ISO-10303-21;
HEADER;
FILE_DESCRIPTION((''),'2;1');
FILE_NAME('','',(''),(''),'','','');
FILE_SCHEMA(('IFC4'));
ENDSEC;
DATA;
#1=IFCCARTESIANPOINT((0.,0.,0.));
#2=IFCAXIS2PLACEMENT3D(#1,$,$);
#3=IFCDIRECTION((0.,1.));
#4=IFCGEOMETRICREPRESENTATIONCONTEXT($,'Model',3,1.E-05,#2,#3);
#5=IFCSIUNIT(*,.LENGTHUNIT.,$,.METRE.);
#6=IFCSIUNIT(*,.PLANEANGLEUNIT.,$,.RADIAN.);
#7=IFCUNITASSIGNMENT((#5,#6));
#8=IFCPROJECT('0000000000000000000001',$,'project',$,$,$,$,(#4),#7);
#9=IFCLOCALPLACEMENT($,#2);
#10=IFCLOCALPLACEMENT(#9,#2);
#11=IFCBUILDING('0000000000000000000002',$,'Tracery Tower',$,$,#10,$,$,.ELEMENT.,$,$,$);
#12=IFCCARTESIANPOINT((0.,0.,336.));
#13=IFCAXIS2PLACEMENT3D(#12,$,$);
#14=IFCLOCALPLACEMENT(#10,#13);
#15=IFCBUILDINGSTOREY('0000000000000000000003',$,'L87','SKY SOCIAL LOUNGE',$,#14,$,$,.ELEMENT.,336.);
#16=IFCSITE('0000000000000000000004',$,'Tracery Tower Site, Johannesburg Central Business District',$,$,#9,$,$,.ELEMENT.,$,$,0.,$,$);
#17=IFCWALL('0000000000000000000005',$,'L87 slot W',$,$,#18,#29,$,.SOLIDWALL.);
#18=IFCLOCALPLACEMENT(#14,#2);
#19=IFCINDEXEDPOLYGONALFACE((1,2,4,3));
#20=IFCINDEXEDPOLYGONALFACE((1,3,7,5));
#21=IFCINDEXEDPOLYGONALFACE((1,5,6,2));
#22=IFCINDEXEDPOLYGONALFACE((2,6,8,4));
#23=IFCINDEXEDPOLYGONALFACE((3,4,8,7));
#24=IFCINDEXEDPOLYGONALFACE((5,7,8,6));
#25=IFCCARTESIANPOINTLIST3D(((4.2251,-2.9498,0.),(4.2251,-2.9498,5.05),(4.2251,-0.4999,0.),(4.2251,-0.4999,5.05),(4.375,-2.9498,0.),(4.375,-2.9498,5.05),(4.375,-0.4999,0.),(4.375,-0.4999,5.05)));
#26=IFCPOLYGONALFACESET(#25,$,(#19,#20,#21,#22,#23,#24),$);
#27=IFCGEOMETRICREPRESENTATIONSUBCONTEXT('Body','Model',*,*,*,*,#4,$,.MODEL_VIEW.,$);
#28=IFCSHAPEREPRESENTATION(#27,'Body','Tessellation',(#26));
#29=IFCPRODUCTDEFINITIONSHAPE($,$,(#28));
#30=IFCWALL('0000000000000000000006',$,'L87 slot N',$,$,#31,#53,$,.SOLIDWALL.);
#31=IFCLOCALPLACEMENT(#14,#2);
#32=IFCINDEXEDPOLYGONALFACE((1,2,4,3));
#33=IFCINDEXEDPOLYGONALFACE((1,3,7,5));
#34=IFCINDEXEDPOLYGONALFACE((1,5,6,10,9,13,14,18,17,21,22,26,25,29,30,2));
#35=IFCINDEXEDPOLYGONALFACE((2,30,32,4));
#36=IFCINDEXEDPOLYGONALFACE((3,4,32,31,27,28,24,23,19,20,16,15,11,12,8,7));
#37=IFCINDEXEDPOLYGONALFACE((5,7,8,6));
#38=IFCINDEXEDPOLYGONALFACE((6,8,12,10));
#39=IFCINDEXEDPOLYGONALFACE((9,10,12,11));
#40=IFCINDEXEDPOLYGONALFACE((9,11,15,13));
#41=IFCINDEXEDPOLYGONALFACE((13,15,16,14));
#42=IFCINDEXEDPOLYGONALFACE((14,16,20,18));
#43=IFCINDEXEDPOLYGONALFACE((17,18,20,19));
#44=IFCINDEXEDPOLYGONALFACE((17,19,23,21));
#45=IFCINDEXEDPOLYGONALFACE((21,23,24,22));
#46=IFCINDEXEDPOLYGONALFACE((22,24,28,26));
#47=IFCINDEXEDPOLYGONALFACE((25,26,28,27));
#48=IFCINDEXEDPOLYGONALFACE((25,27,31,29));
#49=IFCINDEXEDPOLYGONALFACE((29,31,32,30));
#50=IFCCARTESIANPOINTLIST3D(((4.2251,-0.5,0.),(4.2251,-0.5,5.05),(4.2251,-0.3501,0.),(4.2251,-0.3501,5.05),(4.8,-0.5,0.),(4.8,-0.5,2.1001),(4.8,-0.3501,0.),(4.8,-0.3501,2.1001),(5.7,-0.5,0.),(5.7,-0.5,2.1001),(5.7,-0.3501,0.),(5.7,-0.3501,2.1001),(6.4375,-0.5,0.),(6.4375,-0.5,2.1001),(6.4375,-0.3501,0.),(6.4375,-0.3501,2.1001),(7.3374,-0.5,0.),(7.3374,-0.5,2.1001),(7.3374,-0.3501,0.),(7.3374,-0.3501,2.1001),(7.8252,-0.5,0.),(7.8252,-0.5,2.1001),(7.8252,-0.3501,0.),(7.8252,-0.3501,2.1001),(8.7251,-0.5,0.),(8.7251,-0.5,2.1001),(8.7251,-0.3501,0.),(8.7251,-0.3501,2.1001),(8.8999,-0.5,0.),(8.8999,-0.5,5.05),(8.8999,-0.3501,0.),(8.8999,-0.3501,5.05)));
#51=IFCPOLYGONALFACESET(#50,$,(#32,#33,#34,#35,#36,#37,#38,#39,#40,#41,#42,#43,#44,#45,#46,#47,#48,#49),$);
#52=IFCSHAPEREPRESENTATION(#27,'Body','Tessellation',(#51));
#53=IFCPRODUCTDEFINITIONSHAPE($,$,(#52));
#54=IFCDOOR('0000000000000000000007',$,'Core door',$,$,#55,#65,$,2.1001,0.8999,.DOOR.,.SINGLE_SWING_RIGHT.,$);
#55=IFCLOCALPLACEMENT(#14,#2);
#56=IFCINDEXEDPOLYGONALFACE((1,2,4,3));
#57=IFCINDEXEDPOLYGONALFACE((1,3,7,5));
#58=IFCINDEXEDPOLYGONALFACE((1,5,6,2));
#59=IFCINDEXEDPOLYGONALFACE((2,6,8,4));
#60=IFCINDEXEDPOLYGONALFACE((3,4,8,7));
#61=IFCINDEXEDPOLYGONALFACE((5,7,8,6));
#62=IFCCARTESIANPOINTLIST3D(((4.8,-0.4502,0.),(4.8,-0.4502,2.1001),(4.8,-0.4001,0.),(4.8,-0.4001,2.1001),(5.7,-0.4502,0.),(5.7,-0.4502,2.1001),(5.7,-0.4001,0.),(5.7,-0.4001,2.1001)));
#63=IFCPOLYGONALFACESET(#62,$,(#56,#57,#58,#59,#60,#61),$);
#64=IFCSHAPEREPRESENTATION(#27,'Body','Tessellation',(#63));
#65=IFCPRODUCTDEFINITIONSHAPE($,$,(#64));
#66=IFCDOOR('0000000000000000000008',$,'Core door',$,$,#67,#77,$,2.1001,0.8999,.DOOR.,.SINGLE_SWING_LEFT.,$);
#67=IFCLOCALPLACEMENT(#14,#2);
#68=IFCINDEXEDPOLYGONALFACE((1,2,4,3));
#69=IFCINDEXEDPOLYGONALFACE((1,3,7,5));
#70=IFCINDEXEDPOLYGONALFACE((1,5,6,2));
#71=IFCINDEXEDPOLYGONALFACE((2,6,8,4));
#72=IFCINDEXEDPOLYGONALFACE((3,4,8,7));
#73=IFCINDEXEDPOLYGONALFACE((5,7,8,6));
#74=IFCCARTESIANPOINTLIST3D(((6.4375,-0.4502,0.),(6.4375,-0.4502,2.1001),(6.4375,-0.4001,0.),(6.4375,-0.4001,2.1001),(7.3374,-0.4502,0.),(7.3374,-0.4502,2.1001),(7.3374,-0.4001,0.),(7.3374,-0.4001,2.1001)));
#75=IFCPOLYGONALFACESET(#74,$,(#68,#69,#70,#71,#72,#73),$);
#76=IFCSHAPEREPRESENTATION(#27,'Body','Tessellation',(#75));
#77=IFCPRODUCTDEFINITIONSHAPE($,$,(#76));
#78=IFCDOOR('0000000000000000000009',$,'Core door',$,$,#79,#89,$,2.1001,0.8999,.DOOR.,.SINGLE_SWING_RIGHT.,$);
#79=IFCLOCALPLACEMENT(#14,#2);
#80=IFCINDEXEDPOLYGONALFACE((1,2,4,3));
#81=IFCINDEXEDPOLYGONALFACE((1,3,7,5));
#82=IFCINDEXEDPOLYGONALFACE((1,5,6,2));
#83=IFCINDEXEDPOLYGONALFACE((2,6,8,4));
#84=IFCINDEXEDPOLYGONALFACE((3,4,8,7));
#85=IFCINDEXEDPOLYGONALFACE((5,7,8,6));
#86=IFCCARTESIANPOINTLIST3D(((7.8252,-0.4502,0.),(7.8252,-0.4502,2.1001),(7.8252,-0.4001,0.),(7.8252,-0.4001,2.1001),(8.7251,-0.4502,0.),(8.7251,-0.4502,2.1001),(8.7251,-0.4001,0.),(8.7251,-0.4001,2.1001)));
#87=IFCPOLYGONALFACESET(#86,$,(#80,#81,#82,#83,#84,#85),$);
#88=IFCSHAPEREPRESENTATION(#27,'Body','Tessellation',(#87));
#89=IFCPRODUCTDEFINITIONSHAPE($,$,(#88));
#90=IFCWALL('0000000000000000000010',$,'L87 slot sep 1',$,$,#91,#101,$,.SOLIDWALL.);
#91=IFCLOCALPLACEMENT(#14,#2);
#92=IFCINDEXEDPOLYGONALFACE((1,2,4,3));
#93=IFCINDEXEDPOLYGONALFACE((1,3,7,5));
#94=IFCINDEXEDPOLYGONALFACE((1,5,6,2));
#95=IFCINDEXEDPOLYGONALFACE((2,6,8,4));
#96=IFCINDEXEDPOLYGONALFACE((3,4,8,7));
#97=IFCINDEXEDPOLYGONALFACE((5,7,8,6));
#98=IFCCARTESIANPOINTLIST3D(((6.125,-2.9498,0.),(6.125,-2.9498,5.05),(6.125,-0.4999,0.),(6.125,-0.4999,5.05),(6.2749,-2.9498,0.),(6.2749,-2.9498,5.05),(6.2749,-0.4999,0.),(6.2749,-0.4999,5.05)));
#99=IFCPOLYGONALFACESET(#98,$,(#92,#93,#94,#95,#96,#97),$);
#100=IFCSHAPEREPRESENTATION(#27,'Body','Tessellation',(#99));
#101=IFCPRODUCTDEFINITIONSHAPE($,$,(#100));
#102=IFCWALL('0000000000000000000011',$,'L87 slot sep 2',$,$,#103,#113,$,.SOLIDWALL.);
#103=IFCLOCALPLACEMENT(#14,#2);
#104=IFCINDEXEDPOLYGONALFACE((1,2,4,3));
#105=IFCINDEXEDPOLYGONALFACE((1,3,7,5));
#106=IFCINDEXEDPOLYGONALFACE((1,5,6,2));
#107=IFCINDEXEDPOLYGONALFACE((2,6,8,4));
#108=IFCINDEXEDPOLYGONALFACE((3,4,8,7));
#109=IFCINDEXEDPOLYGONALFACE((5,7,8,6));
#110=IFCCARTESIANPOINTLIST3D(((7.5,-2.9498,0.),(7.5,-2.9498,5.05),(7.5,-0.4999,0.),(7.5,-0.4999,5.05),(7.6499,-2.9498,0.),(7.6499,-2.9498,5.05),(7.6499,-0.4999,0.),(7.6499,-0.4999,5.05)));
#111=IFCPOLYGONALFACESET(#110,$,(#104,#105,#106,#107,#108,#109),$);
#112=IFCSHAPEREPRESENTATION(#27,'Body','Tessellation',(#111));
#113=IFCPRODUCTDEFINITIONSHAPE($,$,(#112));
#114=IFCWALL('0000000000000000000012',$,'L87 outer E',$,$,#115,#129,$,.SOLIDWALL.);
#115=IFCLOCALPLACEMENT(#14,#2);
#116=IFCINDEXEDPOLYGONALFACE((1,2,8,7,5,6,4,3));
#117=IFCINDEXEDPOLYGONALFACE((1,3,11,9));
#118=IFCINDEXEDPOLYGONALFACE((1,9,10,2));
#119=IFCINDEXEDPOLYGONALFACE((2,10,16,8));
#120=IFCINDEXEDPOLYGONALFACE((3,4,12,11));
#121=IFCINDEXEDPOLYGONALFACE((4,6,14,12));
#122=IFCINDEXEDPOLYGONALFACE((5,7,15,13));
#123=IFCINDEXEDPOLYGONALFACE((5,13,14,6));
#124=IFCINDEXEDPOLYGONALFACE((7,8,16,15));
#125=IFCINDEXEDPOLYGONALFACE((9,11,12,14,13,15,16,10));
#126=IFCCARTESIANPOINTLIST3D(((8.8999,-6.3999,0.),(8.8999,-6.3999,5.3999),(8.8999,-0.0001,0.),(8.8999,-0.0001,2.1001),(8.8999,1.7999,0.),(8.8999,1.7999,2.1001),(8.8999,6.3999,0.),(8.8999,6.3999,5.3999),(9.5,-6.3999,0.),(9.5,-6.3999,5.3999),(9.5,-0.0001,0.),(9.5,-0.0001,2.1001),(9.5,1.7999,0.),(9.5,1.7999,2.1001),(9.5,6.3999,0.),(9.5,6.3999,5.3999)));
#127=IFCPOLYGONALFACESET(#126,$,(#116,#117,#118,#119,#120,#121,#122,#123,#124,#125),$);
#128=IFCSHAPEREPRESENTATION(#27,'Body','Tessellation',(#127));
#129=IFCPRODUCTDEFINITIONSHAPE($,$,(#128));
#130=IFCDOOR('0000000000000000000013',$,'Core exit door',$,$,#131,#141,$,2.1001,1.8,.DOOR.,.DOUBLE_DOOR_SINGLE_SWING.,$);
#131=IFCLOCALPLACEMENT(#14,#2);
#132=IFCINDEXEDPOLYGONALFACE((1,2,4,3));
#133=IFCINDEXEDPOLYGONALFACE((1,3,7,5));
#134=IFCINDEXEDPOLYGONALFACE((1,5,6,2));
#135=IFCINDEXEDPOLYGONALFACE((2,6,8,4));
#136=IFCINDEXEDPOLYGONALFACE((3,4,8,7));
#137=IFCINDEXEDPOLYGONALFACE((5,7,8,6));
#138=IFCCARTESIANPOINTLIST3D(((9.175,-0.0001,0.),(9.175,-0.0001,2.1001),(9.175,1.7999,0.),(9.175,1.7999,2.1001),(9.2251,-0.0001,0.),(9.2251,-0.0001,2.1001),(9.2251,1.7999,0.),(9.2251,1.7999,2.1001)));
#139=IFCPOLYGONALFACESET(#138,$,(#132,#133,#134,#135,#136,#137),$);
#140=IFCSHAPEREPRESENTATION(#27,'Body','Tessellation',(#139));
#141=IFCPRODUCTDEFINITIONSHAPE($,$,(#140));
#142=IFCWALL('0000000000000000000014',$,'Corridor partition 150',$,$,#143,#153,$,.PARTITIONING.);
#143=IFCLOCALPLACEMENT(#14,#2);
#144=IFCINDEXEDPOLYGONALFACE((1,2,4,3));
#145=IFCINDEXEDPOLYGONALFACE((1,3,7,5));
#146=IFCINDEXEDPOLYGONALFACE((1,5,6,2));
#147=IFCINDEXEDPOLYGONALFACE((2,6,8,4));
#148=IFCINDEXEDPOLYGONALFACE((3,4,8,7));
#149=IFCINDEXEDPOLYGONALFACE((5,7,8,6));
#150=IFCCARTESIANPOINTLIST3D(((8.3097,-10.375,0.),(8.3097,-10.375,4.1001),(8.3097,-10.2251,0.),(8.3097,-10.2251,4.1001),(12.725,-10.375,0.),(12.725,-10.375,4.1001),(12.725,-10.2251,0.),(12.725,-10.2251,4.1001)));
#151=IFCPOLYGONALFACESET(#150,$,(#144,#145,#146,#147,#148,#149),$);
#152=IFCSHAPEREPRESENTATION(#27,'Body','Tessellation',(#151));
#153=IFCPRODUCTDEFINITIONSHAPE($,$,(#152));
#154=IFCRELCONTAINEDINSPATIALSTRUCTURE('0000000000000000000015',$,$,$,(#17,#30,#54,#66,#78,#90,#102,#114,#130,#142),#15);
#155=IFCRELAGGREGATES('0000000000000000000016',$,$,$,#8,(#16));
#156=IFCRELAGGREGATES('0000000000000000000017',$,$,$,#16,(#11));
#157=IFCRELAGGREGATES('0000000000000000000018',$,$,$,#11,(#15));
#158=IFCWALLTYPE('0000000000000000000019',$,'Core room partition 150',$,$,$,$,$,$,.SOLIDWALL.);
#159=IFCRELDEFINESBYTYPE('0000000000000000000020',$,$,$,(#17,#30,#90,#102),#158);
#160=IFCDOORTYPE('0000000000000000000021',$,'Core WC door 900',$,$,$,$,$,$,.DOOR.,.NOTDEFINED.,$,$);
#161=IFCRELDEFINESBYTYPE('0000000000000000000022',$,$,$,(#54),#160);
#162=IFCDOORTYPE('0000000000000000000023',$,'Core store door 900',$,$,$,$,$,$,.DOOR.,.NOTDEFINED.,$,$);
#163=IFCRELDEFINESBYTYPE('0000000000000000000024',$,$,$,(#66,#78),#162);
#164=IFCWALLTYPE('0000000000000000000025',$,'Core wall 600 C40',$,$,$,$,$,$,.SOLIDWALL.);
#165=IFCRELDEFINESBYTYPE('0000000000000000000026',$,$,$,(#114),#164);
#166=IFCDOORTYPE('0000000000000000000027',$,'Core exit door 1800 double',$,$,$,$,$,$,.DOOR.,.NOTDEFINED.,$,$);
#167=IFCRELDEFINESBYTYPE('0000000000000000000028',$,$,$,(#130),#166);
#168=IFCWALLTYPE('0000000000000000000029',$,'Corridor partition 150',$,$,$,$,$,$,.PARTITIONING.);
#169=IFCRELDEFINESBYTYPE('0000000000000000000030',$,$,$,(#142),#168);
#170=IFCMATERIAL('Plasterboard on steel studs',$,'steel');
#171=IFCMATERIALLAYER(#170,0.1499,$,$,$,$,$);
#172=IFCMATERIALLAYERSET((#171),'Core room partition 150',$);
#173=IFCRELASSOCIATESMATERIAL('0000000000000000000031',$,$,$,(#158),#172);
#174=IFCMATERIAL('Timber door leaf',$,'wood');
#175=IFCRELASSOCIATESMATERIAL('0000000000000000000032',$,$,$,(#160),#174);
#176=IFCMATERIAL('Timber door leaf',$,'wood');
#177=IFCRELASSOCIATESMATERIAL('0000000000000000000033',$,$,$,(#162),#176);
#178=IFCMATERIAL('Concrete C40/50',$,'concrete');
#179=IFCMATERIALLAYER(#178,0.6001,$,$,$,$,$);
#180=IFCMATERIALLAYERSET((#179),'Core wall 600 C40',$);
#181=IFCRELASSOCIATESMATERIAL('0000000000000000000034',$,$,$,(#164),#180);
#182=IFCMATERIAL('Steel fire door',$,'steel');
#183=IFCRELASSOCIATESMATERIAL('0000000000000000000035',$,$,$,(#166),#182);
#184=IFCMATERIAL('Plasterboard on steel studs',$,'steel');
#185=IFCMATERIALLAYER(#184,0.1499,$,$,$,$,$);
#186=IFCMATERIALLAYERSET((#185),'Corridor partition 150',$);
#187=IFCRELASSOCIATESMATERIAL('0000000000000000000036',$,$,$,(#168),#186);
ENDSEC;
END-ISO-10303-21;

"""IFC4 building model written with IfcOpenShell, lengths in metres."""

from ifc_helpers import new_model, si_unit, direction, frame, frame_2d, origin, place, context, subcontext, project, spatial, rectangle, extrude, material, layer, layer_set, type_object, element, fill, save


model = new_model("IFC4")

# Units and contexts
model_context = context("Model", 3, precision=1e-05, world=origin(), true_north=direction((0.0, 1.0)))
body_context = subcontext(model_context, "Body", "Model", "MODEL_VIEW")
ifc_project = project(units=[si_unit("LENGTHUNIT", "METRE"), si_unit("PLANEANGLEUNIT", "RADIAN")], contexts=[model_context])

# Site, building, storey
site_placement = place(None, origin())
site = spatial("IfcSite", under=ifc_project, at=site_placement, Name="Tracery Tower Site, Johannesburg Central Business District", CompositionType="ELEMENT", RefElevation=0.0)
building_placement = place(site_placement, origin())
building = spatial("IfcBuilding", under=site, at=building_placement, Name="Tracery Tower", CompositionType="ELEMENT")
storey_placement = place(building_placement, frame((0.0, 0.0, 336.0)))
storey = spatial("IfcBuildingStorey", under=building, at=storey_placement, Name="L87", Description="SKY SOCIAL LOUNGE", CompositionType="ELEMENT", Elevation=336.0)

# Wall
ifc_material_1 = material(Name="Plasterboard on steel studs", Category="steel")
ifc_layer_1 = layer(ifc_material_1, 0.1499)
ifc_layer_set_1 = layer_set([ifc_layer_1], Name="Core room partition 150")
wall_type_1 = type_object("IfcWallType", Name="Core room partition 150", PredefinedType="SOLIDWALL", material=ifc_layer_set_1)
wall_1_placement = place(storey_placement, frame((4.3, -2.95, 0.0), z_axis=(0.0, 0.0, 1.0), x_axis=(0.0, 1.0, 0.0)))
element("IfcWall", 1, at=wall_1_placement, inside=storey, type_object=wall_type_1, Name="L87 slot W", PredefinedType="SOLIDWALL", context=body_context, shape_type="SweptSolid", body=[
    extrude(rectangle(XDim=2.45, YDim=0.1499, at=frame_2d((1.2251, 0.0))), origin(), (0.0, 0.0, 1.0), 5.05),
])

# Wall, openings, doors
wall_2_placement = place(storey_placement, frame((4.2251, -0.425, 0.0), z_axis=(0.0, 0.0, 1.0), x_axis=(1.0, 0.0, 0.0)))
wall_2 = element("IfcWall", 2, at=wall_2_placement, inside=storey, type_object=wall_type_1, Name="L87 slot N", PredefinedType="SOLIDWALL", context=body_context, shape_type="SweptSolid", body=[
    extrude(rectangle(XDim=4.6748, YDim=0.1499, at=frame_2d((2.3374, 0.0))), origin(), (0.0, 0.0, 1.0), 5.05),
])
opening_1_placement = place(wall_2_placement, frame((0.575, 0.0, 0.0)))
opening_1 = element("IfcOpeningElement", 3, at=opening_1_placement, cuts=wall_2, PredefinedType="OPENING", context=body_context, shape_type="SweptSolid", body=[
    extrude(rectangle(XDim=0.8999, YDim=2.1001, at=frame_2d((0.45, 1.05))), frame((0.0, 0.075, 0.0), z_axis=(0.0, -1.0, 0.0), x_axis=(1.0, 0.0, 0.0)), (0.0, 0.0, 1.0), 0.1499),
])
opening_2_placement = place(wall_2_placement, frame((2.2124, 0.0, 0.0)))
opening_2 = element("IfcOpeningElement", 4, at=opening_2_placement, cuts=wall_2, PredefinedType="OPENING", context=body_context, shape_type="SweptSolid", body=[
    extrude(rectangle(XDim=0.8999, YDim=2.1001, at=frame_2d((0.45, 1.05))), frame((0.0, 0.075, 0.0), z_axis=(0.0, -1.0, 0.0), x_axis=(1.0, 0.0, 0.0)), (0.0, 0.0, 1.0), 0.1499),
])
opening_3_placement = place(wall_2_placement, frame((3.6001, 0.0, 0.0)))
opening_3 = element("IfcOpeningElement", 5, at=opening_3_placement, cuts=wall_2, PredefinedType="OPENING", context=body_context, shape_type="SweptSolid", body=[
    extrude(rectangle(XDim=0.8999, YDim=2.1001, at=frame_2d((0.45, 1.05))), frame((0.0, 0.075, 0.0), z_axis=(0.0, -1.0, 0.0), x_axis=(1.0, 0.0, 0.0)), (0.0, 0.0, 1.0), 0.1499),
])
ifc_material_2 = material(Name="Timber door leaf", Category="wood")
door_type_1 = type_object("IfcDoorType", Name="Core WC door 900", OperationType="NOTDEFINED", PredefinedType="DOOR", material=ifc_material_2)
door_1_placement = place(opening_1_placement, origin())
door_1 = element("IfcDoor", 6, at=door_1_placement, inside=storey, type_object=door_type_1, Name="Core door", OperationType="SINGLE_SWING_RIGHT", OverallHeight=2.1001, OverallWidth=0.8999, PredefinedType="DOOR", context=body_context, shape_type="SweptSolid", body=[
    extrude(rectangle(XDim=0.8999, YDim=2.1001, at=frame_2d((0.45, 1.05))), frame((0.0, 0.0249, 0.0), z_axis=(0.0, -1.0, 0.0), x_axis=(1.0, 0.0, 0.0)), (0.0, 0.0, 1.0), 0.05),
])
fill(opening_1, door_1)
ifc_material_3 = material(Name="Timber door leaf", Category="wood")
door_type_2 = type_object("IfcDoorType", Name="Core store door 900", OperationType="NOTDEFINED", PredefinedType="DOOR", material=ifc_material_3)
door_2_placement = place(opening_2_placement, origin())
door_2 = element("IfcDoor", 7, at=door_2_placement, inside=storey, type_object=door_type_2, Name="Core door", OperationType="SINGLE_SWING_LEFT", OverallHeight=2.1001, OverallWidth=0.8999, PredefinedType="DOOR", context=body_context, shape_type="SweptSolid", body=[
    extrude(rectangle(XDim=0.8999, YDim=2.1001, at=frame_2d((0.45, 1.05))), frame((0.0, 0.0249, 0.0), z_axis=(0.0, -1.0, 0.0), x_axis=(1.0, 0.0, 0.0)), (0.0, 0.0, 1.0), 0.05),
])
fill(opening_2, door_2)
door_3_placement = place(opening_3_placement, origin())
door_3 = element("IfcDoor", 8, at=door_3_placement, inside=storey, type_object=door_type_2, Name="Core door", OperationType="SINGLE_SWING_RIGHT", OverallHeight=2.1001, OverallWidth=0.8999, PredefinedType="DOOR", context=body_context, shape_type="SweptSolid", body=[
    extrude(rectangle(XDim=0.8999, YDim=2.1001, at=frame_2d((0.45, 1.05))), frame((0.0, 0.0249, 0.0), z_axis=(0.0, -1.0, 0.0), x_axis=(1.0, 0.0, 0.0)), (0.0, 0.0, 1.0), 0.05),
])
fill(opening_3, door_3)

# Walls
for number, where, z_axis, x_axis, name in (
    (9, (6.2, -2.95, 0.0), (0.0, 0.0, 1.0), (0.0, 1.0, 0.0), "L87 slot sep 1"),
    (10, (7.575, -2.95, 0.0), (0.0, 0.0, 1.0), (0.0, 1.0, 0.0), "L87 slot sep 2"),
):
    element("IfcWall", number, at=place(storey_placement, frame(where, z_axis=z_axis, x_axis=x_axis)), inside=storey, type_object=wall_type_1, Name=name, PredefinedType="SOLIDWALL", context=body_context, shape_type="SweptSolid", body=[
        extrude(rectangle(XDim=2.45, YDim=0.1499, at=frame_2d((1.2251, 0.0))), origin(), (0.0, 0.0, 1.0), 5.05),
    ])

# Wall, opening, door
ifc_material_4 = material(Name="Concrete C40/50", Category="concrete")
ifc_layer_2 = layer(ifc_material_4, 0.6001)
ifc_layer_set_2 = layer_set([ifc_layer_2], Name="Core wall 600 C40")
wall_type_2 = type_object("IfcWallType", Name="Core wall 600 C40", PredefinedType="SOLIDWALL", material=ifc_layer_set_2)
wall_3_placement = place(storey_placement, frame((9.2, -6.3999, 0.0), z_axis=(0.0, 0.0, 1.0), x_axis=(0.0, 1.0, 0.0)))
wall_3 = element("IfcWall", 11, at=wall_3_placement, inside=storey, type_object=wall_type_2, Name="L87 outer E", PredefinedType="SOLIDWALL", context=body_context, shape_type="SweptSolid", body=[
    extrude(rectangle(XDim=12.7998, YDim=0.6001, at=frame_2d((6.3999, 0.0))), origin(), (0.0, 0.0, 1.0), 5.3999),
])
opening_4_placement = place(wall_3_placement, frame((6.3999, 0.0, 0.0)))
opening_4 = element("IfcOpeningElement", 12, at=opening_4_placement, cuts=wall_3, PredefinedType="OPENING", context=body_context, shape_type="SweptSolid", body=[
    extrude(rectangle(XDim=1.8, YDim=2.1001, at=frame_2d((0.8999, 1.05))), frame((0.0, 0.3, 0.0), z_axis=(0.0, -1.0, 0.0), x_axis=(1.0, 0.0, 0.0)), (0.0, 0.0, 1.0), 0.6001),
])
ifc_material_5 = material(Name="Steel fire door", Category="steel")
door_type_3 = type_object("IfcDoorType", Name="Core exit door 1800 double", OperationType="NOTDEFINED", PredefinedType="DOOR", material=ifc_material_5)
door_4_placement = place(opening_4_placement, origin())
door_4 = element("IfcDoor", 13, at=door_4_placement, inside=storey, type_object=door_type_3, Name="Core exit door", OperationType="DOUBLE_DOOR_SINGLE_SWING", OverallHeight=2.1001, OverallWidth=1.8, PredefinedType="DOOR", context=body_context, shape_type="SweptSolid", body=[
    extrude(rectangle(XDim=1.8, YDim=2.1001, at=frame_2d((0.8999, 1.05))), frame((0.0, 0.0249, 0.0), z_axis=(0.0, -1.0, 0.0), x_axis=(1.0, 0.0, 0.0)), (0.0, 0.0, 1.0), 0.05),
])
fill(opening_4, door_4)

# Wall
ifc_material_6 = material(Name="Plasterboard on steel studs", Category="steel")
ifc_layer_3 = layer(ifc_material_6, 0.1499)
ifc_layer_set_3 = layer_set([ifc_layer_3], Name="Corridor partition 150")
wall_type_3 = type_object("IfcWallType", Name="Corridor partition 150", PredefinedType="PARTITIONING", material=ifc_layer_set_3)
wall_4_placement = place(storey_placement, frame((8.3098, -10.3, 0.0), z_axis=(0.0, 0.0, 1.0), x_axis=(1.0, 0.0, 0.0)))
element("IfcWall", 14, at=wall_4_placement, inside=storey, type_object=wall_type_3, Name="Corridor partition 150", PredefinedType="PARTITIONING", context=body_context, shape_type="SweptSolid", body=[
    extrude(rectangle(XDim=4.4153, YDim=0.1499, at=frame_2d((2.2075, 0.0))), origin(), (0.0, 0.0, 1.0), 4.1001),
])

save(model, "model.ifc")
